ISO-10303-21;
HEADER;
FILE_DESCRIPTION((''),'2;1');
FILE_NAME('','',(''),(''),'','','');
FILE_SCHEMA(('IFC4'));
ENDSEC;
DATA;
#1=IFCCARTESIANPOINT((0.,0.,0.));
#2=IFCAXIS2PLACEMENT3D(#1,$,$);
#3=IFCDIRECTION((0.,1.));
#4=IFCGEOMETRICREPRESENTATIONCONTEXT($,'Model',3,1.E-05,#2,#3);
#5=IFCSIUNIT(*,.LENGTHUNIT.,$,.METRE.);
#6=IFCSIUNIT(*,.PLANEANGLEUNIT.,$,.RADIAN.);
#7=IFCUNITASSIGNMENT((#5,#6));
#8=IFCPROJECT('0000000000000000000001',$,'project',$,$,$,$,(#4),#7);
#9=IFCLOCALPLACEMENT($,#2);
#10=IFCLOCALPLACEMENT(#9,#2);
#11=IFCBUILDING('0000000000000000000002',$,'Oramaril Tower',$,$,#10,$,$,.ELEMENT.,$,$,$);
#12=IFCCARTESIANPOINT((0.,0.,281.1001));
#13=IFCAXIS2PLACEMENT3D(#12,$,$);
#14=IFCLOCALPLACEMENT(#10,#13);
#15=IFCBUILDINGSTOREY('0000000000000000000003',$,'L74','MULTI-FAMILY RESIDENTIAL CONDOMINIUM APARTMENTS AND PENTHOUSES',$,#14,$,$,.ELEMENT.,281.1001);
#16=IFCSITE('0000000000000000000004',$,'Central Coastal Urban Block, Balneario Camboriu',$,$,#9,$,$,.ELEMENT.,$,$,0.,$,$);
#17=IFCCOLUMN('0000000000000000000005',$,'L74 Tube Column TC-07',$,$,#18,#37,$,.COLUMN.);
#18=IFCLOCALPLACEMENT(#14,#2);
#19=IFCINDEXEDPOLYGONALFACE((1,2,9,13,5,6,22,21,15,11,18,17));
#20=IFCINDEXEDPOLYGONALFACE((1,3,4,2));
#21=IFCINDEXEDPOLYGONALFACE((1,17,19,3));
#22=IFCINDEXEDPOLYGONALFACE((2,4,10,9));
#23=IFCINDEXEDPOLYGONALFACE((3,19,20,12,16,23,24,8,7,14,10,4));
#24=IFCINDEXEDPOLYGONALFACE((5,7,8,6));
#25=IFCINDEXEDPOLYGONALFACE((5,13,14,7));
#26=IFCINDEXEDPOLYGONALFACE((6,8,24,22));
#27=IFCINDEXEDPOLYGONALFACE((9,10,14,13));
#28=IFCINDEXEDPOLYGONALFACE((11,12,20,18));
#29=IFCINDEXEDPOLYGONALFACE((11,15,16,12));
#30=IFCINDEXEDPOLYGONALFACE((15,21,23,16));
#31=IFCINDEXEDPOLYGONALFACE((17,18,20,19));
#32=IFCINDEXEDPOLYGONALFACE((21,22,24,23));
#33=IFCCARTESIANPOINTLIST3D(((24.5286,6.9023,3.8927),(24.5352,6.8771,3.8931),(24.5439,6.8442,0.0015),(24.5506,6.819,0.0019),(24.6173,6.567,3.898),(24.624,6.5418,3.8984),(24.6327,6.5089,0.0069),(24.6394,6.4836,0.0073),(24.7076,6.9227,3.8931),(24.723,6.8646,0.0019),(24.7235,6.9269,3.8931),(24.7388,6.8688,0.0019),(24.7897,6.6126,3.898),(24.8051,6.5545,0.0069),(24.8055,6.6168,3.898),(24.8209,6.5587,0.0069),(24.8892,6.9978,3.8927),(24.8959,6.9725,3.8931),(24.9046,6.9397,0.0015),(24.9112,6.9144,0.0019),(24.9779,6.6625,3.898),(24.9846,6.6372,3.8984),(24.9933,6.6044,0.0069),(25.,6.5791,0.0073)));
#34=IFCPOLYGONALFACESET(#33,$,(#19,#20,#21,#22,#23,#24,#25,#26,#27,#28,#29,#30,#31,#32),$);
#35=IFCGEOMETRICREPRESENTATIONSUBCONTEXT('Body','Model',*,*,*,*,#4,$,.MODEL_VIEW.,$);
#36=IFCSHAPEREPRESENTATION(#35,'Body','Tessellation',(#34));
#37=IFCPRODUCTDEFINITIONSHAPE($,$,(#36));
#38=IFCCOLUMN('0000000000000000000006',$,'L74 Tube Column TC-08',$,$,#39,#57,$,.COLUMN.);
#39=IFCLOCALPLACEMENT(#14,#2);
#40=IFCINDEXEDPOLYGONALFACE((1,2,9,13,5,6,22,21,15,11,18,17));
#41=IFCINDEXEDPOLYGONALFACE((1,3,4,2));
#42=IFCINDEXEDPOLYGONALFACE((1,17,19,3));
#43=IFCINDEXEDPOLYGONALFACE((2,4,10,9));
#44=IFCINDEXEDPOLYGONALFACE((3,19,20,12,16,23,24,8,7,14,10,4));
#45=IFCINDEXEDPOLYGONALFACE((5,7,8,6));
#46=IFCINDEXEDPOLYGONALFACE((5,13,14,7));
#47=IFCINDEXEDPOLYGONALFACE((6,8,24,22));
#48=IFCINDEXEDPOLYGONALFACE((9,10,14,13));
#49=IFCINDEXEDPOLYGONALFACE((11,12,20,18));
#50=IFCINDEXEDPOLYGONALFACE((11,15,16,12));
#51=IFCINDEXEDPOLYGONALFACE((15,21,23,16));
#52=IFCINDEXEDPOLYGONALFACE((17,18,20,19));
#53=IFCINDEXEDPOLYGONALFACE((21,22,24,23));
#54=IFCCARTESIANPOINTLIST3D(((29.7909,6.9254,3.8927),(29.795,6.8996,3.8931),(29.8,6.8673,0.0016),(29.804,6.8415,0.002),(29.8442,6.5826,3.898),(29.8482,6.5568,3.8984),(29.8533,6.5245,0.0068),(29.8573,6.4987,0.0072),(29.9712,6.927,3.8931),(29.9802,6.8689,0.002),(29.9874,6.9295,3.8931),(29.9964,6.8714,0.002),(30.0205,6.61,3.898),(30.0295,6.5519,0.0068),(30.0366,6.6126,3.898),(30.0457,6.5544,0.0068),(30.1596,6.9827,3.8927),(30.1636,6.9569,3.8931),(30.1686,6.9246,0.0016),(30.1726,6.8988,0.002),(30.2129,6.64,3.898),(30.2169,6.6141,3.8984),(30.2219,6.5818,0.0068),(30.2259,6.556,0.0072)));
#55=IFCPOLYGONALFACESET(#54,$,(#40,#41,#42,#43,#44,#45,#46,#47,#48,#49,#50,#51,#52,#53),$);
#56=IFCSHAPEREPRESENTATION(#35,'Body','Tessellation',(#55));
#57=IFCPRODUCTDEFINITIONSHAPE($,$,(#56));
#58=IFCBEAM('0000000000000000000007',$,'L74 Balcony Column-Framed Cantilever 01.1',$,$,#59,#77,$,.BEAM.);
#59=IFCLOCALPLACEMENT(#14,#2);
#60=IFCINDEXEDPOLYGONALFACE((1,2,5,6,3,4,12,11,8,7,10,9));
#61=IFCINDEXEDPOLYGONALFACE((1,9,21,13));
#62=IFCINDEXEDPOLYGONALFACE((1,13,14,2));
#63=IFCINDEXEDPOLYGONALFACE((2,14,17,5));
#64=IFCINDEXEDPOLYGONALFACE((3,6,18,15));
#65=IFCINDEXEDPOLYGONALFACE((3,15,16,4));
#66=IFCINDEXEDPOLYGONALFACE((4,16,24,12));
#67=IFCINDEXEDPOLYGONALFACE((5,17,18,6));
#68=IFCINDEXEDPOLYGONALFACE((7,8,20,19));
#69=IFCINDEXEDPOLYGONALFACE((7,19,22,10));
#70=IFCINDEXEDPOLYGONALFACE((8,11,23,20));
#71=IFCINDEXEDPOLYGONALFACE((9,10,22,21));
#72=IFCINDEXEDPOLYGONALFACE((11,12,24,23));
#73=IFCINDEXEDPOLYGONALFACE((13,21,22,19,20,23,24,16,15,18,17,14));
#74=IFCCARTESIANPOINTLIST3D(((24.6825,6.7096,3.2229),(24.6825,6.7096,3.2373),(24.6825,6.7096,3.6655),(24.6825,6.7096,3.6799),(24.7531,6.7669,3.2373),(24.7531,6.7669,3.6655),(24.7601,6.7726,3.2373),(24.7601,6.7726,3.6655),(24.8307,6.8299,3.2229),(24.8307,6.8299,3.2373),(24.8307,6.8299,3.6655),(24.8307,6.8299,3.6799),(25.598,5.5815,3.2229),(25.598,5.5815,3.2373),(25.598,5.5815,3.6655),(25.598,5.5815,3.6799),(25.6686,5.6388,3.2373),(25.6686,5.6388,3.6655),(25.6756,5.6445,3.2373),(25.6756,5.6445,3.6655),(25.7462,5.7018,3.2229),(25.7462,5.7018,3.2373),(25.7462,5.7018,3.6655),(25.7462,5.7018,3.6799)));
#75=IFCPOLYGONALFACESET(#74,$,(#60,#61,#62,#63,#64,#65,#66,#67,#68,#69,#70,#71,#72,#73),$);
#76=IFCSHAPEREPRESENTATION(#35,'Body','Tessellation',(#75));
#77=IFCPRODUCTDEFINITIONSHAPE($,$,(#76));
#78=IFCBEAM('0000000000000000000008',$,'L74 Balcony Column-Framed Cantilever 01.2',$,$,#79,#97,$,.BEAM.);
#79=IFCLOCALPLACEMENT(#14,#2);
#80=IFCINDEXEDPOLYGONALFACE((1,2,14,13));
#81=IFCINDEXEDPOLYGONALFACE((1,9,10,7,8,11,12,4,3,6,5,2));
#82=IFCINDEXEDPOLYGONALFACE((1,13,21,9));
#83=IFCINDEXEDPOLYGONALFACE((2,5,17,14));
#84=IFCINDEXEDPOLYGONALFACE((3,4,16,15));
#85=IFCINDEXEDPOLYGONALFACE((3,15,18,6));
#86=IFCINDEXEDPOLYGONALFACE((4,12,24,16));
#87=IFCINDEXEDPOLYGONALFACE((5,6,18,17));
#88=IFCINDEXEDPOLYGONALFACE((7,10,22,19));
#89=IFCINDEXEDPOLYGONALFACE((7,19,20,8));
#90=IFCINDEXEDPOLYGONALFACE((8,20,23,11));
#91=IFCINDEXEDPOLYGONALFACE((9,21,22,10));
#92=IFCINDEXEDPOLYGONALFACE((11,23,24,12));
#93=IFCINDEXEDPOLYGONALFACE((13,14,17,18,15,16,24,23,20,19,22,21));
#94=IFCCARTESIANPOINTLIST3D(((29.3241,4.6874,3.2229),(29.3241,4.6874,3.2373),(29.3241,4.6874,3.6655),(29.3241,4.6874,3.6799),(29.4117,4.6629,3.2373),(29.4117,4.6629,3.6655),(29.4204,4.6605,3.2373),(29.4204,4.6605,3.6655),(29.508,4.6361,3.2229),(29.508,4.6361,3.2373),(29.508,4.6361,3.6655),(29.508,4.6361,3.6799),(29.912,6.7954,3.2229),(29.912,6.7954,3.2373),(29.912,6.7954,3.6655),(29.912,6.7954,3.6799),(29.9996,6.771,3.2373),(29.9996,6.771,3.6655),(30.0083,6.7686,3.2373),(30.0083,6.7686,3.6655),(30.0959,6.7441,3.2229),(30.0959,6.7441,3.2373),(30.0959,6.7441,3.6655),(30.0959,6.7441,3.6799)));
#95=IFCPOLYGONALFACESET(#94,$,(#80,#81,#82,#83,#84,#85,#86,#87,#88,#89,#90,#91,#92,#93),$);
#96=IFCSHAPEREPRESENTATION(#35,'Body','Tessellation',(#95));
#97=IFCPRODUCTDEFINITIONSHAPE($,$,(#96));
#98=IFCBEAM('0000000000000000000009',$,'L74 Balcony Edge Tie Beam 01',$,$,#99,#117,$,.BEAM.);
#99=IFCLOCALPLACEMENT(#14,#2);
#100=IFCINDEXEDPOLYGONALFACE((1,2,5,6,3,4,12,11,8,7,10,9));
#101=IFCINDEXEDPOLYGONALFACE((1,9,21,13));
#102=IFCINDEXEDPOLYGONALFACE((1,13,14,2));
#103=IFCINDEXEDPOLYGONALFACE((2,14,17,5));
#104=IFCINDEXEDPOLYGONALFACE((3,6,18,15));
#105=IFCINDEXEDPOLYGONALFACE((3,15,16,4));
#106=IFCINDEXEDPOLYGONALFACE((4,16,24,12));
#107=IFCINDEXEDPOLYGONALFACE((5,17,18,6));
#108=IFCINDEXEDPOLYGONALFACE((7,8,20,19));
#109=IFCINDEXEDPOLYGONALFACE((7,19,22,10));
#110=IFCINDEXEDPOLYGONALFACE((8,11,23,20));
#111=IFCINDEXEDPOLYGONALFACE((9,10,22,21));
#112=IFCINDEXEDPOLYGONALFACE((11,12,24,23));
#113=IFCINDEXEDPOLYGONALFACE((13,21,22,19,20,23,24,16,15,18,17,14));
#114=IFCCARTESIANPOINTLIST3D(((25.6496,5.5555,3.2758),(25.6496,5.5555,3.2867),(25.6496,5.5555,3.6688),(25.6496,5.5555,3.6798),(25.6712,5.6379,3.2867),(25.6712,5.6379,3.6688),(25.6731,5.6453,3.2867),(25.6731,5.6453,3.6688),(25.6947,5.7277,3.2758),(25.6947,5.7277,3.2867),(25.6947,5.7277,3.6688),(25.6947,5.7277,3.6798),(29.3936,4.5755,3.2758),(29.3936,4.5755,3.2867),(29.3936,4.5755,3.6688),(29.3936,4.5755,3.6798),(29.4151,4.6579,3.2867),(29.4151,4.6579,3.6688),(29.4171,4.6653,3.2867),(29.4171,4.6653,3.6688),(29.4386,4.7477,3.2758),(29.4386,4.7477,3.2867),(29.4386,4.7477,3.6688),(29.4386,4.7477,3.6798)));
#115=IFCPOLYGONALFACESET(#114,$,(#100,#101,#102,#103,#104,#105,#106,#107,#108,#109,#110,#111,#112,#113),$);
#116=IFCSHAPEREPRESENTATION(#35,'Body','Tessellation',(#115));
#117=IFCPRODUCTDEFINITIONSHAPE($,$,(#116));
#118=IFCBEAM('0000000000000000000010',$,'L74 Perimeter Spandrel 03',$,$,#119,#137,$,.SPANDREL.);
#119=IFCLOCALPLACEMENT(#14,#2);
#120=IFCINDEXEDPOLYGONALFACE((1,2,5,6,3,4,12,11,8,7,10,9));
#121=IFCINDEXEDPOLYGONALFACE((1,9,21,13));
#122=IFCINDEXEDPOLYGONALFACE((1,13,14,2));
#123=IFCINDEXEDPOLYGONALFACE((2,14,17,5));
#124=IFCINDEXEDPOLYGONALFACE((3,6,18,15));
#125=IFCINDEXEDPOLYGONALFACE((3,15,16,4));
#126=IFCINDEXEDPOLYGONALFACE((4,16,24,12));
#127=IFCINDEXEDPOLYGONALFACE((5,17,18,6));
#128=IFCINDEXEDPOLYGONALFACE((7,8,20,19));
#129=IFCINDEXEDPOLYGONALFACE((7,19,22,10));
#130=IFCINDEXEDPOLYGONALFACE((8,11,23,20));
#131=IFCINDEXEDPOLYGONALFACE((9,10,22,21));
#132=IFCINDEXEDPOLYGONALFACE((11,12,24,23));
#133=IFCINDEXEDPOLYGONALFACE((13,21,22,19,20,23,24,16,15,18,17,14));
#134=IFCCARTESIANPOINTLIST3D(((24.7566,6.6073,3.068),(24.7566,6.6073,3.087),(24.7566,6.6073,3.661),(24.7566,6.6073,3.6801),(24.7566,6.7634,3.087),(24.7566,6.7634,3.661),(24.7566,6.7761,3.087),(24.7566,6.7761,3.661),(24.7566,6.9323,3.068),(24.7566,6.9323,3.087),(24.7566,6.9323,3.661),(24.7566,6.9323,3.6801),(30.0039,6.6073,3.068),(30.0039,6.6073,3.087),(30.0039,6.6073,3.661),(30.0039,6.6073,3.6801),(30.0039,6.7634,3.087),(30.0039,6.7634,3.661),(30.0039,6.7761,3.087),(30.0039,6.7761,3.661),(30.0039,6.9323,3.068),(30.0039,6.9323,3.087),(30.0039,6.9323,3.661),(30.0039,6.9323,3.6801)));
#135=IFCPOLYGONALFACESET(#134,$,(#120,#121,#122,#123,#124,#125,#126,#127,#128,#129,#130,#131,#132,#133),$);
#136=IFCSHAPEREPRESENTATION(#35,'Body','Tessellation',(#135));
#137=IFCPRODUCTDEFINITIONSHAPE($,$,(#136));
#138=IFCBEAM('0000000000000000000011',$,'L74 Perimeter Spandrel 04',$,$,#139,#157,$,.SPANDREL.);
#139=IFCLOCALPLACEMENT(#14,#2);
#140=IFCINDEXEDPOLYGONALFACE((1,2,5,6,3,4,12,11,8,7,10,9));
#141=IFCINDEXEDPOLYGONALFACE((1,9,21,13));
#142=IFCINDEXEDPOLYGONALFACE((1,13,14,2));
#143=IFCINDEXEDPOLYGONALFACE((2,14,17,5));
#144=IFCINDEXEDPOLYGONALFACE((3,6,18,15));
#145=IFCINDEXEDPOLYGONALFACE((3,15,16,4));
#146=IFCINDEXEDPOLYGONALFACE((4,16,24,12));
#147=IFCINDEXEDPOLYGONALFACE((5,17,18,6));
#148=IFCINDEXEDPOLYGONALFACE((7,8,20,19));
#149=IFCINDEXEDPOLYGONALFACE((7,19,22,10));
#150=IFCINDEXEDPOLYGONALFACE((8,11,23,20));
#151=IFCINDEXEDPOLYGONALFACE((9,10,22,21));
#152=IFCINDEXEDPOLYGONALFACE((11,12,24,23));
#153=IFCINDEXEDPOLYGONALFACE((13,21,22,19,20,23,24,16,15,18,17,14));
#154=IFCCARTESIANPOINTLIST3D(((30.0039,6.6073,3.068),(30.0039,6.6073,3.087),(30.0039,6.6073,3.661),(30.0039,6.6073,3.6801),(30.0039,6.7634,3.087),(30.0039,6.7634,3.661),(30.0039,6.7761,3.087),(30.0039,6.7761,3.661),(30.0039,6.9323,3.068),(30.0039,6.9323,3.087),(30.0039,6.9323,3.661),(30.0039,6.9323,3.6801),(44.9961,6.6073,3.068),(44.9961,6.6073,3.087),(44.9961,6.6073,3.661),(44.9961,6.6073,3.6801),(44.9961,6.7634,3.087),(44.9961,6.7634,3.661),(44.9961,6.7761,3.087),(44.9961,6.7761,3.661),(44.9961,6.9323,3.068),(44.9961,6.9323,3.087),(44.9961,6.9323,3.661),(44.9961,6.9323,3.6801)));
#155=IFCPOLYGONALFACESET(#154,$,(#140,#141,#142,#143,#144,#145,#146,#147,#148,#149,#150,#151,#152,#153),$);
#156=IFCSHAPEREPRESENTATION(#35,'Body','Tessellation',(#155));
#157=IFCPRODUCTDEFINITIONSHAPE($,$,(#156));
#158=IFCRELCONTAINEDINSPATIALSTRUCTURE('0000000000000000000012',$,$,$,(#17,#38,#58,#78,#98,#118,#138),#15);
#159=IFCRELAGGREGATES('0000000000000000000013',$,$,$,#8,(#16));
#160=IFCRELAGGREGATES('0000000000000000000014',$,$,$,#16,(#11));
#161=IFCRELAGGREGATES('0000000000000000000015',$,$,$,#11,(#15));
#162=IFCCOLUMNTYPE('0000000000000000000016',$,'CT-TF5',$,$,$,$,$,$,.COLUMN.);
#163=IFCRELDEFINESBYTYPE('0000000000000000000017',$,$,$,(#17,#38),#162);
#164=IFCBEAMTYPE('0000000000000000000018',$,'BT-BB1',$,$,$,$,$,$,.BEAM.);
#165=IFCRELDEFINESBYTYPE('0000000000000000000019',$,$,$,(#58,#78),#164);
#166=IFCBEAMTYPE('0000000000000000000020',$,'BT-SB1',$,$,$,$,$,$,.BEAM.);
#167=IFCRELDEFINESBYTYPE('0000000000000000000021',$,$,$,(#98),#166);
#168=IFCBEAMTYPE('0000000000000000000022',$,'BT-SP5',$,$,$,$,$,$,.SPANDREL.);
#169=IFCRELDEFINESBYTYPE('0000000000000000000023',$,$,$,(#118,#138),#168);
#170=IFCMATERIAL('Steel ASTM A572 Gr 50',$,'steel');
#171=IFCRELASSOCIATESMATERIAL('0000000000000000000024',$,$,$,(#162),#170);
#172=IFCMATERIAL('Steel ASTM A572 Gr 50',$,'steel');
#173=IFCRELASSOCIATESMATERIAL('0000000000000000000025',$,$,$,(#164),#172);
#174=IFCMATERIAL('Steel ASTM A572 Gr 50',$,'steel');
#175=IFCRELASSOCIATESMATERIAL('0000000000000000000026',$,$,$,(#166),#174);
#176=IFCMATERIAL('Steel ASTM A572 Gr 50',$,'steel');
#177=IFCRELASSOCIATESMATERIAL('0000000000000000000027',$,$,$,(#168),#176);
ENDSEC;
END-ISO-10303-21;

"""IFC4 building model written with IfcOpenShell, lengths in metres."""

from ifc_helpers import new_model, si_unit, direction, frame, origin, origin_2d, place, context, subcontext, project, spatial, i_section, extrude, material, material_profile, profile_set, type_object, element, save


model = new_model("IFC4")

# Units and contexts
model_context = context("Model", 3, precision=1e-05, world=origin(), true_north=direction((0.0, 1.0)))
body_context = subcontext(model_context, "Body", "Model", "MODEL_VIEW")
ifc_project = project(units=[si_unit("LENGTHUNIT", "METRE"), si_unit("PLANEANGLEUNIT", "RADIAN")], contexts=[model_context])

# Site, building, storey
site_placement = place(None, origin())
site = spatial("IfcSite", under=ifc_project, at=site_placement, Name="Central Coastal Urban Block, Balneario Camboriu", CompositionType="ELEMENT", RefElevation=0.0)
building_placement = place(site_placement, origin())
building = spatial("IfcBuilding", under=site, at=building_placement, Name="Oramaril Tower", CompositionType="ELEMENT")
storey_placement = place(building_placement, frame((0.0, 0.0, 281.1001)))
storey = spatial("IfcBuildingStorey", under=building, at=storey_placement, Name="L74", Description="MULTI-FAMILY RESIDENTIAL CONDOMINIUM APARTMENTS AND PENTHOUSES", CompositionType="ELEMENT", Elevation=281.1001)

# Columns
ifc_material_1 = material(Name="Steel ASTM A572 Gr 50", Category="steel")
ifc_material_profile_1 = material_profile(ifc_material_1, i_section(OverallWidth=0.373, OverallDepth=0.373, WebThickness=0.0164, FlangeThickness=0.0261, at=origin_2d()), Name="W14X132")
ifc_profile_set_1 = profile_set([ifc_material_profile_1], Name="Steel ASTM A572 Gr 50")
column_type = type_object("IfcColumnType", Name="CT-TF5", PredefinedType="COLUMN", material=ifc_profile_set_1)
for number, where, z_axis, x_axis, name in (
    (1, (24.772, 6.7117, 0.0044), (-0.003952, 0.014931, 0.999881), (-0.966705, -0.255893, 0.0), "L74 Tube Column TC-07"),
    (2, (30.0129, 6.7117, 0.0044), (-0.002321, 0.014931, 0.999886), (-0.98813, -0.153617, 0.0), "L74 Tube Column TC-08"),
):
    element("IfcColumn", number, at=place(storey_placement, frame(where, z_axis=z_axis, x_axis=x_axis)), inside=storey, type_object=column_type, Name=name, PredefinedType="COLUMN", context=body_context, shape_type="SweptSolid", body=[
        extrude(i_section(OverallWidth=0.373, OverallDepth=0.373, WebThickness=0.0164, FlangeThickness=0.0261, at=origin_2d()), origin(), (0.0, 0.0, 1.0), 3.8916),
    ])

# Beams
ifc_material_2 = material(Name="Steel ASTM A572 Gr 50", Category="steel")
ifc_material_profile_2 = material_profile(ifc_material_2, i_section(OverallWidth=0.1909, OverallDepth=0.457, WebThickness=0.009, FlangeThickness=0.0144, at=origin_2d()), Name="W18X50")
ifc_profile_set_2 = profile_set([ifc_material_profile_2], Name="Steel ASTM A572 Gr 50")
beam_type_1 = type_object("IfcBeamType", Name="BT-BB1", PredefinedType="BEAM", material=ifc_profile_set_2)
beam_1_placement = place(storey_placement, frame((24.7566, 6.7698, 3.4514), z_axis=(0.630131, -0.776489, 0.0), x_axis=(0.776489, 0.630131, 0.0)))
element("IfcBeam", 3, at=beam_1_placement, inside=storey, type_object=beam_type_1, Name="L74 Balcony Column-Framed Cantilever 01.1", PredefinedType="BEAM", context=body_context, shape_type="SweptSolid", body=[
    extrude(i_section(OverallWidth=0.1909, OverallDepth=0.457, WebThickness=0.009, FlangeThickness=0.0144, at=origin_2d()), origin(), (0.0, 0.0, 1.0), 1.4529),
])
beam_2_placement = place(storey_placement, frame((30.0039, 6.7698, 3.4514), z_axis=(-0.268616, -0.963247, 0.0), x_axis=(0.963247, -0.268616, 0.0)))
element("IfcBeam", 4, at=beam_2_placement, inside=storey, type_object=beam_type_1, Name="L74 Balcony Column-Framed Cantilever 01.2", PredefinedType="BEAM", context=body_context, shape_type="SweptSolid", body=[
    extrude(i_section(OverallWidth=0.1909, OverallDepth=0.457, WebThickness=0.009, FlangeThickness=0.0144, at=origin_2d()), origin(), (0.0, 0.0, 1.0), 2.1885),
])
ifc_material_3 = material(Name="Steel ASTM A572 Gr 50", Category="steel")
ifc_material_profile_3 = material_profile(ifc_material_3, i_section(OverallWidth=0.178, OverallDepth=0.4041, WebThickness=0.0076, FlangeThickness=0.011, at=origin_2d()), Name="W16X36")
ifc_profile_set_3 = profile_set([ifc_material_profile_3], Name="Steel ASTM A572 Gr 50")
beam_type_2 = type_object("IfcBeamType", Name="BT-SB1", PredefinedType="BEAM", material=ifc_profile_set_3)
beam_3_placement = place(storey_placement, frame((25.6721, 5.6416, 3.4778), z_axis=(0.967408, -0.253223, 0.0), x_axis=(0.253223, 0.967408, 0.0)))
element("IfcBeam", 5, at=beam_3_placement, inside=storey, type_object=beam_type_2, Name="L74 Balcony Edge Tie Beam 01", PredefinedType="BEAM", context=body_context, shape_type="SweptSolid", body=[
    extrude(i_section(OverallWidth=0.178, OverallDepth=0.4041, WebThickness=0.0076, FlangeThickness=0.011, at=origin_2d()), origin(), (0.0, 0.0, 1.0), 3.8701),
])
ifc_material_4 = material(Name="Steel ASTM A572 Gr 50", Category="steel")
ifc_material_profile_4 = material_profile(ifc_material_4, i_section(OverallWidth=0.325, OverallDepth=0.6121, WebThickness=0.0127, FlangeThickness=0.019, at=origin_2d()), Name="W24X104")
ifc_profile_set_4 = profile_set([ifc_material_profile_4], Name="Steel ASTM A572 Gr 50")
beam_type_3 = type_object("IfcBeamType", Name="BT-SP5", PredefinedType="SPANDREL", material=ifc_profile_set_4)
beam_4_placement = place(storey_placement, frame((24.7566, 6.7698, 3.374), z_axis=(1.0, 0.0, 0.0), x_axis=(0.0, 1.0, 0.0)))
element("IfcBeam", 6, at=beam_4_placement, inside=storey, type_object=beam_type_3, Name="L74 Perimeter Spandrel 03", PredefinedType="SPANDREL", context=body_context, shape_type="SweptSolid", body=[
    extrude(i_section(OverallWidth=0.325, OverallDepth=0.6121, WebThickness=0.0127, FlangeThickness=0.019, at=origin_2d()), origin(), (0.0, 0.0, 1.0), 5.2473),
])
beam_5_placement = place(storey_placement, frame((30.0039, 6.7698, 3.374), z_axis=(1.0, 0.0, 0.0), x_axis=(0.0, 1.0, 0.0)))
element("IfcBeam", 7, at=beam_5_placement, inside=storey, type_object=beam_type_3, Name="L74 Perimeter Spandrel 04", PredefinedType="SPANDREL", context=body_context, shape_type="SweptSolid", body=[
    extrude(i_section(OverallWidth=0.325, OverallDepth=0.6121, WebThickness=0.0127, FlangeThickness=0.019, at=origin_2d()), origin(), (0.0, 0.0, 1.0), 14.9922),
])

save(model, "model.ifc")
